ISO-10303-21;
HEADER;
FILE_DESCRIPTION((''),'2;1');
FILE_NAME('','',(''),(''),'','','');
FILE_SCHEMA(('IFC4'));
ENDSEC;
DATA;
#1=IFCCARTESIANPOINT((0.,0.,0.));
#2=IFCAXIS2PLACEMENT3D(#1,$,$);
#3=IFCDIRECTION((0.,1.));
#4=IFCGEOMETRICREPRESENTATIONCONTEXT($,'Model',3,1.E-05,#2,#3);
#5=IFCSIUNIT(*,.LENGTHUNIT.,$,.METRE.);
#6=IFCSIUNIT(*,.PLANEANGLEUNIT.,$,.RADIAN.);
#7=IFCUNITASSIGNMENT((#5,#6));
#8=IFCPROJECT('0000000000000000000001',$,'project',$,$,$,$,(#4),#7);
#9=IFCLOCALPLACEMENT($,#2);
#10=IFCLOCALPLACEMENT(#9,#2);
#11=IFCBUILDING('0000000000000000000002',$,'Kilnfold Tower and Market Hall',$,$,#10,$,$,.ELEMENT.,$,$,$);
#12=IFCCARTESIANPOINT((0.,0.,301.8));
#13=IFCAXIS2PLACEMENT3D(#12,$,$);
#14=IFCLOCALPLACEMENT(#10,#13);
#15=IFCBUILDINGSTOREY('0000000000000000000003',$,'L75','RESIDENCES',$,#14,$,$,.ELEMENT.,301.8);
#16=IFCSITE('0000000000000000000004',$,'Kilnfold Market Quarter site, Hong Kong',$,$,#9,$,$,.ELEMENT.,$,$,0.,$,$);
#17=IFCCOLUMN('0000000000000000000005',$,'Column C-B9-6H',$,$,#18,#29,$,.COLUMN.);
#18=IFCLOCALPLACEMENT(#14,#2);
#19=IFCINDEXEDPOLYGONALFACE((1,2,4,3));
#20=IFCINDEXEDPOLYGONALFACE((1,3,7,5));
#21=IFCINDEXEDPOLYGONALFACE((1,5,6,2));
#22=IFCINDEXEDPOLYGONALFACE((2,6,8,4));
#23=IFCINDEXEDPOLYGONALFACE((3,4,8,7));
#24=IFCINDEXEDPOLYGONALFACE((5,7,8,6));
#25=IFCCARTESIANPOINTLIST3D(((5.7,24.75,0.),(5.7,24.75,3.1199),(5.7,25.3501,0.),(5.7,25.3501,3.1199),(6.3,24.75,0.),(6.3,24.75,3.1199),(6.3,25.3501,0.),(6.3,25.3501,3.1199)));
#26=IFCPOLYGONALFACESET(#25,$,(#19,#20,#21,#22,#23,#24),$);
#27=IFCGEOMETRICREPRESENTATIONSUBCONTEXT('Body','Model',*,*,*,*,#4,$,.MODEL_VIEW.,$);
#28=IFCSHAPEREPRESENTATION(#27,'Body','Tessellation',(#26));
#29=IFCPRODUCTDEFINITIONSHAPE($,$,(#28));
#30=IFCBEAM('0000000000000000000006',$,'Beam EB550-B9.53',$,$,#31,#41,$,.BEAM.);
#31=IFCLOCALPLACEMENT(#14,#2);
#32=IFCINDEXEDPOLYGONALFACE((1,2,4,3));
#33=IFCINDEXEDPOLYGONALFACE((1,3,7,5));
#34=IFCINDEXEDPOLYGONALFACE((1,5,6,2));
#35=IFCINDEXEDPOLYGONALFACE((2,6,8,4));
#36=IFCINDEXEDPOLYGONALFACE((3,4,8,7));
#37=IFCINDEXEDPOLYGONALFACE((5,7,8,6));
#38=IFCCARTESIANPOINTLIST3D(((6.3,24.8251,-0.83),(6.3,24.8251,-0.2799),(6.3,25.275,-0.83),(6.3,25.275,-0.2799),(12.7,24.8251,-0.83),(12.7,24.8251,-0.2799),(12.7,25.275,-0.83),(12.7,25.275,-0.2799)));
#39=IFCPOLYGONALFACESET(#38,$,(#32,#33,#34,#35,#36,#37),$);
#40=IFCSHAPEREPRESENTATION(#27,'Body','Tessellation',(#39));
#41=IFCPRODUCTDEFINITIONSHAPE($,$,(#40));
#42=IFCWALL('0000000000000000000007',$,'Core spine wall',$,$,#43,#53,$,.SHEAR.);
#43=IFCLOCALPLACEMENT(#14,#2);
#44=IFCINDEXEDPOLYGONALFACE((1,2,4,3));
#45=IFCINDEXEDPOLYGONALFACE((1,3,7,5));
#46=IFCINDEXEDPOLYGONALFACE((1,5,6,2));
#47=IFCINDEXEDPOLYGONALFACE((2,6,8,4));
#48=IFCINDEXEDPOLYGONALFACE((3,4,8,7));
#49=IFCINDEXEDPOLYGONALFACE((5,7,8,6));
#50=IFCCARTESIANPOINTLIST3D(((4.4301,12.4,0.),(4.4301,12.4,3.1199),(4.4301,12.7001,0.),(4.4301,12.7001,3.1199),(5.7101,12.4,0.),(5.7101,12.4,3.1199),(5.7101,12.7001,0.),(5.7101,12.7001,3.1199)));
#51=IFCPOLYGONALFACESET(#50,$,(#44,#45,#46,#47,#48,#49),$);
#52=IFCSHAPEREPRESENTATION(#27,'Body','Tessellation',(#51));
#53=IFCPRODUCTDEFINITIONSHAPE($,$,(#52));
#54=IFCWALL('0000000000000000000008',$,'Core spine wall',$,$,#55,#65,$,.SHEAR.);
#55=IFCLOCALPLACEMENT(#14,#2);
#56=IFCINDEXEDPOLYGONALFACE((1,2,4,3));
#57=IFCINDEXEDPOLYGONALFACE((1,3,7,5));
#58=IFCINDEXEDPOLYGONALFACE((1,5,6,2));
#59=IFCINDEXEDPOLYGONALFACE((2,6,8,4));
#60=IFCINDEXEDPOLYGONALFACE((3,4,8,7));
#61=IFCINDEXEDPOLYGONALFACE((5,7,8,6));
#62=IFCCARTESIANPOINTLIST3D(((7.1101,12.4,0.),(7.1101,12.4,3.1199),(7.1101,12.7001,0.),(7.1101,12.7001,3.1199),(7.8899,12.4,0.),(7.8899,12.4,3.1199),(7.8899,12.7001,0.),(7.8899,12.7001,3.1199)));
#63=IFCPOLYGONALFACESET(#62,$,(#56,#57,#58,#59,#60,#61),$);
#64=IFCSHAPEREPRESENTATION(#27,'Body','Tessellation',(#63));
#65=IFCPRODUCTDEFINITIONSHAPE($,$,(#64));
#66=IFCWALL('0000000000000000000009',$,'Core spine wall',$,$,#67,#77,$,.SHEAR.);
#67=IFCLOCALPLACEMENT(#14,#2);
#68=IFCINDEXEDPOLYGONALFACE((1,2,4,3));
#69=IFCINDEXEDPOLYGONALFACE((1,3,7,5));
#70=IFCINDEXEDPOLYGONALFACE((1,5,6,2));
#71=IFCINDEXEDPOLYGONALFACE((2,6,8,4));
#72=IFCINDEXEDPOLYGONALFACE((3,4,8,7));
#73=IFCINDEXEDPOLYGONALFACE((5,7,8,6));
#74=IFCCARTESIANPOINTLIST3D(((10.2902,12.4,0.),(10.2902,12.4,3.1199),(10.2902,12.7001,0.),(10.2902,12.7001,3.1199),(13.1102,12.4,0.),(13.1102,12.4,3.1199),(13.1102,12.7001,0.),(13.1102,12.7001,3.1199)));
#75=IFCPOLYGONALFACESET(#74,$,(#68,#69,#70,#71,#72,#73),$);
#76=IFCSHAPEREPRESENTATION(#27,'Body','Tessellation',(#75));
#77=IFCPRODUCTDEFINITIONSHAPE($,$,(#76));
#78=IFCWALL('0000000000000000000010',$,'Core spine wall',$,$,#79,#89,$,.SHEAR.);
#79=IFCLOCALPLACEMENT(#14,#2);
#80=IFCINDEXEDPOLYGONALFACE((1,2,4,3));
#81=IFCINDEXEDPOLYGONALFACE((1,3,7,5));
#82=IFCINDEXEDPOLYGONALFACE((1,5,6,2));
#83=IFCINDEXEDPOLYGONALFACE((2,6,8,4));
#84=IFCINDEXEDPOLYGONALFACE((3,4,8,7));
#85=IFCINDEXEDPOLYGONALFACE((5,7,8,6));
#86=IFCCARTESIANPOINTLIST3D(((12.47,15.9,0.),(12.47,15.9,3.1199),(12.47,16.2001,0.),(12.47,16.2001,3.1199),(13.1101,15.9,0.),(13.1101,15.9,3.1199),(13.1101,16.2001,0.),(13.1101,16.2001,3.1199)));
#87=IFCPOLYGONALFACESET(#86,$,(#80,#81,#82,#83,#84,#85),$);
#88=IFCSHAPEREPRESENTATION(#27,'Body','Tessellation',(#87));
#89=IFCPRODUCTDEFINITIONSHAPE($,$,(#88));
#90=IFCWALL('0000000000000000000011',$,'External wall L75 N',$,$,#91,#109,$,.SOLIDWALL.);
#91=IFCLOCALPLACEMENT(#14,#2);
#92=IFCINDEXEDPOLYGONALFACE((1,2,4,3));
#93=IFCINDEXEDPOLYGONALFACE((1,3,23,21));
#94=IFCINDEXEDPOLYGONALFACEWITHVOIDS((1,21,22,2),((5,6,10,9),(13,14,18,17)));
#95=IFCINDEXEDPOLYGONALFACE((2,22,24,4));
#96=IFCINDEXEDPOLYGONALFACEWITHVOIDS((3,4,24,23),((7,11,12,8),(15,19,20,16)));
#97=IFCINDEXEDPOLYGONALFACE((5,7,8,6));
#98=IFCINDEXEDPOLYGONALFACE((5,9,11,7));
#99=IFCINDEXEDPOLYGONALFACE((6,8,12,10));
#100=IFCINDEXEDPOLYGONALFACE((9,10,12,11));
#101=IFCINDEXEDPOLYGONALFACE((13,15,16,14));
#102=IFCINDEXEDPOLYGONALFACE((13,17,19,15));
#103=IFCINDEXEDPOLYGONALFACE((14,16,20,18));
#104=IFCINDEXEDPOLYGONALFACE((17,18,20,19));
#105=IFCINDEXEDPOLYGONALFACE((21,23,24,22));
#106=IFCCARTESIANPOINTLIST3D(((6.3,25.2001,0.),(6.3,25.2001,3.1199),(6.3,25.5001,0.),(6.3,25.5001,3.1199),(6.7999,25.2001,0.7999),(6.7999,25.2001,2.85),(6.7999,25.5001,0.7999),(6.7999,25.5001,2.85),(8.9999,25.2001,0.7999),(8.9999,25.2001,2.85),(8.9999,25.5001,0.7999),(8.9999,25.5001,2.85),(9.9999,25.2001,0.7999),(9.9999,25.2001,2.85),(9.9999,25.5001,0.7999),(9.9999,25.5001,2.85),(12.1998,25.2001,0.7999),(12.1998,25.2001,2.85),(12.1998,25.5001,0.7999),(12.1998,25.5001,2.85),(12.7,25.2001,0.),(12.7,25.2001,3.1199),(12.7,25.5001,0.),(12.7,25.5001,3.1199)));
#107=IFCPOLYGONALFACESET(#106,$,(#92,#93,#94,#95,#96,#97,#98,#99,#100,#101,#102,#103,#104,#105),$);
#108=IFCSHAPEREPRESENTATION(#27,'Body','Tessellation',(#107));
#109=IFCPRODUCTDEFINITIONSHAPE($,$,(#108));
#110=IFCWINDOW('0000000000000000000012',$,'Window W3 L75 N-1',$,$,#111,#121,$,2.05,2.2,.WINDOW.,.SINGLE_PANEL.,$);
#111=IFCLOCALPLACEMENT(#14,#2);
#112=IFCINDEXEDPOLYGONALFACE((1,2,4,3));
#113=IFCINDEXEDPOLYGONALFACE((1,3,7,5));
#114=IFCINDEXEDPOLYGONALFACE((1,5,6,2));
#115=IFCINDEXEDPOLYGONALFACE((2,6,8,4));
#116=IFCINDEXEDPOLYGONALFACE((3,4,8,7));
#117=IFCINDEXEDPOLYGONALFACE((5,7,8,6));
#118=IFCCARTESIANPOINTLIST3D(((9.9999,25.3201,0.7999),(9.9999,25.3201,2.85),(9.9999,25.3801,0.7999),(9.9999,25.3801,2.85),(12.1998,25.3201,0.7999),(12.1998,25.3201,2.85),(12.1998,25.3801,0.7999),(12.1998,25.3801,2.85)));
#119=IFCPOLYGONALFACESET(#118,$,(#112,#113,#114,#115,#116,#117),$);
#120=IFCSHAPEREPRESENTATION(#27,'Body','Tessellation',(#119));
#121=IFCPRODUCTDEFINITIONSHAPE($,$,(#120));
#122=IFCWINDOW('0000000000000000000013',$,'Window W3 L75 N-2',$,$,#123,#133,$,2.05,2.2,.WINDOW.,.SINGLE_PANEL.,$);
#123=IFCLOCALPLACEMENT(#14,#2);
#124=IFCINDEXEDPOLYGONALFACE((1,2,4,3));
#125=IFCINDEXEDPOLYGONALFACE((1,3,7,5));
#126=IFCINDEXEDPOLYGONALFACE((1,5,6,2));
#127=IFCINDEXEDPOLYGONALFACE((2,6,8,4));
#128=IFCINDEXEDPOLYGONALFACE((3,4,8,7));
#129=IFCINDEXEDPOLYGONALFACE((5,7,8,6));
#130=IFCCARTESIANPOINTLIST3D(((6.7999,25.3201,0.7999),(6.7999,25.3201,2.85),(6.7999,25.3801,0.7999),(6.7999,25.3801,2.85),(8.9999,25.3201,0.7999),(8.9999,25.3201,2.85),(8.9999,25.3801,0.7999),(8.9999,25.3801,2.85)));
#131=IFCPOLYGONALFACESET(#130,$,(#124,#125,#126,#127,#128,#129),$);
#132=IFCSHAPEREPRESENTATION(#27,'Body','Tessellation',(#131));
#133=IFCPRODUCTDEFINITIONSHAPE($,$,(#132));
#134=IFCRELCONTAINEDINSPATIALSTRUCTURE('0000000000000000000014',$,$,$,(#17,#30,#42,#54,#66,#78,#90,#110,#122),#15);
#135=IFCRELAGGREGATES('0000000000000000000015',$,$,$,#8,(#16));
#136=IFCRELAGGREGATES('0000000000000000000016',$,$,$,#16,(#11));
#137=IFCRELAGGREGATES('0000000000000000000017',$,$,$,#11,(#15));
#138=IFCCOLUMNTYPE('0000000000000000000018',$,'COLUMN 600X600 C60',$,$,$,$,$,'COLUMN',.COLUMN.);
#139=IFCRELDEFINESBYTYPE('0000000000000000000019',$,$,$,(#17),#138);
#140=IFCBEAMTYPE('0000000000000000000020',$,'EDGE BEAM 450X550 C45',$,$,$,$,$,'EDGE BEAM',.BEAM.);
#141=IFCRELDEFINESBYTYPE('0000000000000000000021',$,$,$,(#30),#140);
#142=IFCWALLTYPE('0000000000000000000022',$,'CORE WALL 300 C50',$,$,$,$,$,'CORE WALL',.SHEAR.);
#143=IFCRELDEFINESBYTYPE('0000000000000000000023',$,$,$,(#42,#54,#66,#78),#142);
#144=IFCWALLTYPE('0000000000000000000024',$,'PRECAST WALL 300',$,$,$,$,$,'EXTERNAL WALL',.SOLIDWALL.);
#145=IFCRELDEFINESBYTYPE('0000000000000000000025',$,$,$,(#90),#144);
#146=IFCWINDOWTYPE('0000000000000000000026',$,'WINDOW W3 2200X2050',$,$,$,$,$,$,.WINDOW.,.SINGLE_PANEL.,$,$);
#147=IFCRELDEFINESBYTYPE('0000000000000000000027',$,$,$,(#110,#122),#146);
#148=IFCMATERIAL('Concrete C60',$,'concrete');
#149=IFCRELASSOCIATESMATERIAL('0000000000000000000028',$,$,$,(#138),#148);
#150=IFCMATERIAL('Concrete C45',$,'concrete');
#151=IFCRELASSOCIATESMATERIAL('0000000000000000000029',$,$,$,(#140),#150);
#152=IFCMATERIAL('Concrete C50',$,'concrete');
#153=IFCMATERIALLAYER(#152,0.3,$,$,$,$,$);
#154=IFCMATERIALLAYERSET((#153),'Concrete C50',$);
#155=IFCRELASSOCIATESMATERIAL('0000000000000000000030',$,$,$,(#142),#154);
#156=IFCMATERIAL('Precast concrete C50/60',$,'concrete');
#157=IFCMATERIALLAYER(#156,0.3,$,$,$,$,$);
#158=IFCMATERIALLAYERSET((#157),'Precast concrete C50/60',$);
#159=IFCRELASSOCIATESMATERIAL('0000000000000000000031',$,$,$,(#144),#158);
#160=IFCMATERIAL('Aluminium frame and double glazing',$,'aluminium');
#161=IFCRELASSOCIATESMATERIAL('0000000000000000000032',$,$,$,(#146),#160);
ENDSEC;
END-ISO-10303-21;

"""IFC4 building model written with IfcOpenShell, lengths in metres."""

from ifc_helpers import new_model, si_unit, direction, frame, frame_2d, origin, origin_2d, place, context, subcontext, project, spatial, rectangle, extrude, source, transform, mapped, material, layer, layer_set, material_profile, profile_set, type_object, element, fill, save


model = new_model("IFC4")

# Units and contexts
model_context = context("Model", 3, precision=1e-05, world=origin(), true_north=direction((0.0, 1.0)))
body_context = subcontext(model_context, "Body", "Model", "MODEL_VIEW")
ifc_project = project(units=[si_unit("LENGTHUNIT", "METRE"), si_unit("PLANEANGLEUNIT", "RADIAN")], contexts=[model_context])

# Site, building, storey
site_placement = place(None, origin())
site = spatial("IfcSite", under=ifc_project, at=site_placement, Name="Kilnfold Market Quarter site, Hong Kong", CompositionType="ELEMENT", RefElevation=0.0)
building_placement = place(site_placement, origin())
building = spatial("IfcBuilding", under=site, at=building_placement, Name="Kilnfold Tower and Market Hall", CompositionType="ELEMENT")
storey_placement = place(building_placement, frame((0.0, 0.0, 301.8)))
storey = spatial("IfcBuildingStorey", under=building, at=storey_placement, Name="L75", Description="RESIDENCES", CompositionType="ELEMENT", Elevation=301.8)

# Column
ifc_material_1 = material(Name="Concrete C60", Category="concrete")
ifc_material_profile_1 = material_profile(ifc_material_1, rectangle(XDim=0.6001, YDim=0.6001, at=origin_2d()), Name="RC 600x600")
ifc_profile_set_1 = profile_set([ifc_material_profile_1], Name="Concrete C60")
column_type = type_object("IfcColumnType", Name="COLUMN 600X600 C60", ElementType="COLUMN", PredefinedType="COLUMN", material=ifc_profile_set_1)
shared_shape_1 = source(origin(), body_context, "Body", "SweptSolid", [
    extrude(rectangle(XDim=0.6001, YDim=0.6001, at=origin_2d()), origin(), (0.0, 0.0, 1.0), 3.1199),
])
column_placement = place(storey_placement, frame((6.0, 25.05, 0.0), z_axis=(0.0, 0.0, 1.0), x_axis=(1.0, 0.0, 0.0)))
element("IfcColumn", 1, at=column_placement, inside=storey, type_object=column_type, Name="Column C-B9-6H", PredefinedType="COLUMN", context=body_context, shape_type="MappedRepresentation", body=[
    mapped(shared_shape_1, transform((0.0, 0.0, 0.0))),
])

# Beam
ifc_material_2 = material(Name="Concrete C45", Category="concrete")
ifc_material_profile_2 = material_profile(ifc_material_2, rectangle(XDim=0.45, YDim=0.55, at=origin_2d()), Name="RC 450x550")
ifc_profile_set_2 = profile_set([ifc_material_profile_2], Name="Concrete C45")
beam_type = type_object("IfcBeamType", Name="EDGE BEAM 450X550 C45", ElementType="EDGE BEAM", PredefinedType="BEAM", material=ifc_profile_set_2)
shared_shape_2 = source(origin(), body_context, "Body", "SweptSolid", [
    extrude(rectangle(XDim=0.45, YDim=0.55, at=origin_2d()), origin(), (0.0, 0.0, 1.0), 6.3999),
])
beam_placement = place(storey_placement, frame((6.3, 25.05, -0.5549), z_axis=(1.0, 0.0, 0.0), x_axis=(0.0, 1.0, 0.0)))
element("IfcBeam", 2, at=beam_placement, inside=storey, type_object=beam_type, Name="Beam EB550-B9.53", PredefinedType="BEAM", context=body_context, shape_type="MappedRepresentation", body=[
    mapped(shared_shape_2, transform((0.0, 0.0, 0.0))),
])

# Walls
ifc_material_3 = material(Name="Concrete C50", Category="concrete")
ifc_layer_1 = layer(ifc_material_3, 0.3)
ifc_layer_set_1 = layer_set([ifc_layer_1], Name="Concrete C50")
wall_type_1 = type_object("IfcWallType", Name="CORE WALL 300 C50", ElementType="CORE WALL", PredefinedType="SHEAR", material=ifc_layer_set_1)
shared_shape_3 = source(origin(), body_context, "Body", "SweptSolid", [
    extrude(rectangle(XDim=1.28, YDim=0.3, at=frame_2d((0.6401, 0.0))), origin(), (0.0, 0.0, 1.0), 3.1199),
])
wall_1_placement = place(storey_placement, frame((4.4299, 12.55, 0.0), z_axis=(0.0, 0.0, 1.0), x_axis=(1.0, 0.0, 0.0)))
element("IfcWall", 3, at=wall_1_placement, inside=storey, type_object=wall_type_1, Name="Core spine wall", PredefinedType="SHEAR", context=body_context, shape_type="MappedRepresentation", body=[
    mapped(shared_shape_3, transform((0.0, 0.0, 0.0))),
])
shared_shape_4 = source(origin(), body_context, "Body", "SweptSolid", [
    extrude(rectangle(XDim=0.7798, YDim=0.3, at=frame_2d((0.3899, 0.0))), origin(), (0.0, 0.0, 1.0), 3.1199),
])
wall_2_placement = place(storey_placement, frame((7.1101, 12.55, 0.0), z_axis=(0.0, 0.0, 1.0), x_axis=(1.0, 0.0, 0.0)))
element("IfcWall", 4, at=wall_2_placement, inside=storey, type_object=wall_type_1, Name="Core spine wall", PredefinedType="SHEAR", context=body_context, shape_type="MappedRepresentation", body=[
    mapped(shared_shape_4, transform((0.0, 0.0, 0.0))),
])
shared_shape_5 = source(origin(), body_context, "Body", "SweptSolid", [
    extrude(rectangle(XDim=2.8201, YDim=0.3, at=frame_2d((1.4102, 0.0))), origin(), (0.0, 0.0, 1.0), 3.1199),
])
wall_3_placement = place(storey_placement, frame((10.29, 12.55, 0.0), z_axis=(0.0, 0.0, 1.0), x_axis=(1.0, 0.0, 0.0)))
element("IfcWall", 5, at=wall_3_placement, inside=storey, type_object=wall_type_1, Name="Core spine wall", PredefinedType="SHEAR", context=body_context, shape_type="MappedRepresentation", body=[
    mapped(shared_shape_5, transform((0.0, 0.0, 0.0))),
])
shared_shape_6 = source(origin(), body_context, "Body", "SweptSolid", [
    extrude(rectangle(XDim=0.6401, YDim=0.3, at=frame_2d((0.3201, 0.0))), origin(), (0.0, 0.0, 1.0), 3.1199),
])
wall_4_placement = place(storey_placement, frame((12.47, 16.05, 0.0), z_axis=(0.0, 0.0, 1.0), x_axis=(1.0, 0.0, 0.0)))
element("IfcWall", 6, at=wall_4_placement, inside=storey, type_object=wall_type_1, Name="Core spine wall", PredefinedType="SHEAR", context=body_context, shape_type="MappedRepresentation", body=[
    mapped(shared_shape_6, transform((0.0, 0.0, 0.0))),
])

# Wall, openings, windows
ifc_material_4 = material(Name="Precast concrete C50/60", Category="concrete")
ifc_layer_2 = layer(ifc_material_4, 0.3)
ifc_layer_set_2 = layer_set([ifc_layer_2], Name="Precast concrete C50/60")
wall_type_2 = type_object("IfcWallType", Name="PRECAST WALL 300", ElementType="EXTERNAL WALL", PredefinedType="SOLIDWALL", material=ifc_layer_set_2)
shared_shape_7 = source(origin(), body_context, "Body", "SweptSolid", [
    extrude(rectangle(XDim=6.3999, YDim=0.3, at=frame_2d((3.2, 0.0))), origin(), (0.0, 0.0, 1.0), 3.1199),
])
wall_5_placement = place(storey_placement, frame((12.7, 25.3501, 0.0), z_axis=(0.0, 0.0, 1.0), x_axis=(-1.0, 0.0, 0.0)))
wall_5 = element("IfcWall", 7, at=wall_5_placement, inside=storey, type_object=wall_type_2, Name="External wall L75 N", PredefinedType="SOLIDWALL", context=body_context, shape_type="MappedRepresentation", body=[
    mapped(shared_shape_7, transform((0.0, 0.0, 0.0))),
])
opening_1_placement = place(wall_5_placement, frame((0.5, 0.0, 0.8)))
opening_1 = element("IfcOpeningElement", 8, at=opening_1_placement, cuts=wall_5, PredefinedType="OPENING", context=body_context, shape_type="SweptSolid", body=[
    extrude(rectangle(XDim=2.2, YDim=2.05, at=frame_2d((1.1001, 1.0249))), frame((0.0, 0.1602, 0.0), z_axis=(0.0, -1.0, 0.0), x_axis=(1.0, 0.0, 0.0)), (0.0, 0.0, 1.0), 0.3201),
])
opening_2_placement = place(wall_5_placement, frame((3.7, 0.0, 0.8)))
opening_2 = element("IfcOpeningElement", 9, at=opening_2_placement, cuts=wall_5, PredefinedType="OPENING", context=body_context, shape_type="SweptSolid", body=[
    extrude(rectangle(XDim=2.2, YDim=2.05, at=frame_2d((1.1001, 1.0249))), frame((0.0, 0.1602, 0.0), z_axis=(0.0, -1.0, 0.0), x_axis=(1.0, 0.0, 0.0)), (0.0, 0.0, 1.0), 0.3201),
])
ifc_material_5 = material(Name="Aluminium frame and double glazing", Category="aluminium")
window_type = type_object("IfcWindowType", Name="WINDOW W3 2200X2050", PartitioningType="SINGLE_PANEL", PredefinedType="WINDOW", material=ifc_material_5)
window_1_placement = place(opening_1_placement, origin())
window_1 = element("IfcWindow", 10, at=window_1_placement, inside=storey, type_object=window_type, Name="Window W3 L75 N-1", OverallHeight=2.05, OverallWidth=2.2, PartitioningType="SINGLE_PANEL", PredefinedType="WINDOW", context=body_context, shape_type="SweptSolid", body=[
    extrude(rectangle(XDim=2.2, YDim=2.05, at=frame_2d((1.1001, 1.0249))), frame((0.0, 0.03, 0.0), z_axis=(0.0, -1.0, 0.0), x_axis=(1.0, 0.0, 0.0)), (0.0, 0.0, 1.0), 0.0601),
])
fill(opening_1, window_1)
window_2_placement = place(opening_2_placement, origin())
window_2 = element("IfcWindow", 11, at=window_2_placement, inside=storey, type_object=window_type, Name="Window W3 L75 N-2", OverallHeight=2.05, OverallWidth=2.2, PartitioningType="SINGLE_PANEL", PredefinedType="WINDOW", context=body_context, shape_type="SweptSolid", body=[
    extrude(rectangle(XDim=2.2, YDim=2.05, at=frame_2d((1.1001, 1.0249))), frame((0.0, 0.03, 0.0), z_axis=(0.0, -1.0, 0.0), x_axis=(1.0, 0.0, 0.0)), (0.0, 0.0, 1.0), 0.0601),
])
fill(opening_2, window_2)

save(model, "model.ifc")
